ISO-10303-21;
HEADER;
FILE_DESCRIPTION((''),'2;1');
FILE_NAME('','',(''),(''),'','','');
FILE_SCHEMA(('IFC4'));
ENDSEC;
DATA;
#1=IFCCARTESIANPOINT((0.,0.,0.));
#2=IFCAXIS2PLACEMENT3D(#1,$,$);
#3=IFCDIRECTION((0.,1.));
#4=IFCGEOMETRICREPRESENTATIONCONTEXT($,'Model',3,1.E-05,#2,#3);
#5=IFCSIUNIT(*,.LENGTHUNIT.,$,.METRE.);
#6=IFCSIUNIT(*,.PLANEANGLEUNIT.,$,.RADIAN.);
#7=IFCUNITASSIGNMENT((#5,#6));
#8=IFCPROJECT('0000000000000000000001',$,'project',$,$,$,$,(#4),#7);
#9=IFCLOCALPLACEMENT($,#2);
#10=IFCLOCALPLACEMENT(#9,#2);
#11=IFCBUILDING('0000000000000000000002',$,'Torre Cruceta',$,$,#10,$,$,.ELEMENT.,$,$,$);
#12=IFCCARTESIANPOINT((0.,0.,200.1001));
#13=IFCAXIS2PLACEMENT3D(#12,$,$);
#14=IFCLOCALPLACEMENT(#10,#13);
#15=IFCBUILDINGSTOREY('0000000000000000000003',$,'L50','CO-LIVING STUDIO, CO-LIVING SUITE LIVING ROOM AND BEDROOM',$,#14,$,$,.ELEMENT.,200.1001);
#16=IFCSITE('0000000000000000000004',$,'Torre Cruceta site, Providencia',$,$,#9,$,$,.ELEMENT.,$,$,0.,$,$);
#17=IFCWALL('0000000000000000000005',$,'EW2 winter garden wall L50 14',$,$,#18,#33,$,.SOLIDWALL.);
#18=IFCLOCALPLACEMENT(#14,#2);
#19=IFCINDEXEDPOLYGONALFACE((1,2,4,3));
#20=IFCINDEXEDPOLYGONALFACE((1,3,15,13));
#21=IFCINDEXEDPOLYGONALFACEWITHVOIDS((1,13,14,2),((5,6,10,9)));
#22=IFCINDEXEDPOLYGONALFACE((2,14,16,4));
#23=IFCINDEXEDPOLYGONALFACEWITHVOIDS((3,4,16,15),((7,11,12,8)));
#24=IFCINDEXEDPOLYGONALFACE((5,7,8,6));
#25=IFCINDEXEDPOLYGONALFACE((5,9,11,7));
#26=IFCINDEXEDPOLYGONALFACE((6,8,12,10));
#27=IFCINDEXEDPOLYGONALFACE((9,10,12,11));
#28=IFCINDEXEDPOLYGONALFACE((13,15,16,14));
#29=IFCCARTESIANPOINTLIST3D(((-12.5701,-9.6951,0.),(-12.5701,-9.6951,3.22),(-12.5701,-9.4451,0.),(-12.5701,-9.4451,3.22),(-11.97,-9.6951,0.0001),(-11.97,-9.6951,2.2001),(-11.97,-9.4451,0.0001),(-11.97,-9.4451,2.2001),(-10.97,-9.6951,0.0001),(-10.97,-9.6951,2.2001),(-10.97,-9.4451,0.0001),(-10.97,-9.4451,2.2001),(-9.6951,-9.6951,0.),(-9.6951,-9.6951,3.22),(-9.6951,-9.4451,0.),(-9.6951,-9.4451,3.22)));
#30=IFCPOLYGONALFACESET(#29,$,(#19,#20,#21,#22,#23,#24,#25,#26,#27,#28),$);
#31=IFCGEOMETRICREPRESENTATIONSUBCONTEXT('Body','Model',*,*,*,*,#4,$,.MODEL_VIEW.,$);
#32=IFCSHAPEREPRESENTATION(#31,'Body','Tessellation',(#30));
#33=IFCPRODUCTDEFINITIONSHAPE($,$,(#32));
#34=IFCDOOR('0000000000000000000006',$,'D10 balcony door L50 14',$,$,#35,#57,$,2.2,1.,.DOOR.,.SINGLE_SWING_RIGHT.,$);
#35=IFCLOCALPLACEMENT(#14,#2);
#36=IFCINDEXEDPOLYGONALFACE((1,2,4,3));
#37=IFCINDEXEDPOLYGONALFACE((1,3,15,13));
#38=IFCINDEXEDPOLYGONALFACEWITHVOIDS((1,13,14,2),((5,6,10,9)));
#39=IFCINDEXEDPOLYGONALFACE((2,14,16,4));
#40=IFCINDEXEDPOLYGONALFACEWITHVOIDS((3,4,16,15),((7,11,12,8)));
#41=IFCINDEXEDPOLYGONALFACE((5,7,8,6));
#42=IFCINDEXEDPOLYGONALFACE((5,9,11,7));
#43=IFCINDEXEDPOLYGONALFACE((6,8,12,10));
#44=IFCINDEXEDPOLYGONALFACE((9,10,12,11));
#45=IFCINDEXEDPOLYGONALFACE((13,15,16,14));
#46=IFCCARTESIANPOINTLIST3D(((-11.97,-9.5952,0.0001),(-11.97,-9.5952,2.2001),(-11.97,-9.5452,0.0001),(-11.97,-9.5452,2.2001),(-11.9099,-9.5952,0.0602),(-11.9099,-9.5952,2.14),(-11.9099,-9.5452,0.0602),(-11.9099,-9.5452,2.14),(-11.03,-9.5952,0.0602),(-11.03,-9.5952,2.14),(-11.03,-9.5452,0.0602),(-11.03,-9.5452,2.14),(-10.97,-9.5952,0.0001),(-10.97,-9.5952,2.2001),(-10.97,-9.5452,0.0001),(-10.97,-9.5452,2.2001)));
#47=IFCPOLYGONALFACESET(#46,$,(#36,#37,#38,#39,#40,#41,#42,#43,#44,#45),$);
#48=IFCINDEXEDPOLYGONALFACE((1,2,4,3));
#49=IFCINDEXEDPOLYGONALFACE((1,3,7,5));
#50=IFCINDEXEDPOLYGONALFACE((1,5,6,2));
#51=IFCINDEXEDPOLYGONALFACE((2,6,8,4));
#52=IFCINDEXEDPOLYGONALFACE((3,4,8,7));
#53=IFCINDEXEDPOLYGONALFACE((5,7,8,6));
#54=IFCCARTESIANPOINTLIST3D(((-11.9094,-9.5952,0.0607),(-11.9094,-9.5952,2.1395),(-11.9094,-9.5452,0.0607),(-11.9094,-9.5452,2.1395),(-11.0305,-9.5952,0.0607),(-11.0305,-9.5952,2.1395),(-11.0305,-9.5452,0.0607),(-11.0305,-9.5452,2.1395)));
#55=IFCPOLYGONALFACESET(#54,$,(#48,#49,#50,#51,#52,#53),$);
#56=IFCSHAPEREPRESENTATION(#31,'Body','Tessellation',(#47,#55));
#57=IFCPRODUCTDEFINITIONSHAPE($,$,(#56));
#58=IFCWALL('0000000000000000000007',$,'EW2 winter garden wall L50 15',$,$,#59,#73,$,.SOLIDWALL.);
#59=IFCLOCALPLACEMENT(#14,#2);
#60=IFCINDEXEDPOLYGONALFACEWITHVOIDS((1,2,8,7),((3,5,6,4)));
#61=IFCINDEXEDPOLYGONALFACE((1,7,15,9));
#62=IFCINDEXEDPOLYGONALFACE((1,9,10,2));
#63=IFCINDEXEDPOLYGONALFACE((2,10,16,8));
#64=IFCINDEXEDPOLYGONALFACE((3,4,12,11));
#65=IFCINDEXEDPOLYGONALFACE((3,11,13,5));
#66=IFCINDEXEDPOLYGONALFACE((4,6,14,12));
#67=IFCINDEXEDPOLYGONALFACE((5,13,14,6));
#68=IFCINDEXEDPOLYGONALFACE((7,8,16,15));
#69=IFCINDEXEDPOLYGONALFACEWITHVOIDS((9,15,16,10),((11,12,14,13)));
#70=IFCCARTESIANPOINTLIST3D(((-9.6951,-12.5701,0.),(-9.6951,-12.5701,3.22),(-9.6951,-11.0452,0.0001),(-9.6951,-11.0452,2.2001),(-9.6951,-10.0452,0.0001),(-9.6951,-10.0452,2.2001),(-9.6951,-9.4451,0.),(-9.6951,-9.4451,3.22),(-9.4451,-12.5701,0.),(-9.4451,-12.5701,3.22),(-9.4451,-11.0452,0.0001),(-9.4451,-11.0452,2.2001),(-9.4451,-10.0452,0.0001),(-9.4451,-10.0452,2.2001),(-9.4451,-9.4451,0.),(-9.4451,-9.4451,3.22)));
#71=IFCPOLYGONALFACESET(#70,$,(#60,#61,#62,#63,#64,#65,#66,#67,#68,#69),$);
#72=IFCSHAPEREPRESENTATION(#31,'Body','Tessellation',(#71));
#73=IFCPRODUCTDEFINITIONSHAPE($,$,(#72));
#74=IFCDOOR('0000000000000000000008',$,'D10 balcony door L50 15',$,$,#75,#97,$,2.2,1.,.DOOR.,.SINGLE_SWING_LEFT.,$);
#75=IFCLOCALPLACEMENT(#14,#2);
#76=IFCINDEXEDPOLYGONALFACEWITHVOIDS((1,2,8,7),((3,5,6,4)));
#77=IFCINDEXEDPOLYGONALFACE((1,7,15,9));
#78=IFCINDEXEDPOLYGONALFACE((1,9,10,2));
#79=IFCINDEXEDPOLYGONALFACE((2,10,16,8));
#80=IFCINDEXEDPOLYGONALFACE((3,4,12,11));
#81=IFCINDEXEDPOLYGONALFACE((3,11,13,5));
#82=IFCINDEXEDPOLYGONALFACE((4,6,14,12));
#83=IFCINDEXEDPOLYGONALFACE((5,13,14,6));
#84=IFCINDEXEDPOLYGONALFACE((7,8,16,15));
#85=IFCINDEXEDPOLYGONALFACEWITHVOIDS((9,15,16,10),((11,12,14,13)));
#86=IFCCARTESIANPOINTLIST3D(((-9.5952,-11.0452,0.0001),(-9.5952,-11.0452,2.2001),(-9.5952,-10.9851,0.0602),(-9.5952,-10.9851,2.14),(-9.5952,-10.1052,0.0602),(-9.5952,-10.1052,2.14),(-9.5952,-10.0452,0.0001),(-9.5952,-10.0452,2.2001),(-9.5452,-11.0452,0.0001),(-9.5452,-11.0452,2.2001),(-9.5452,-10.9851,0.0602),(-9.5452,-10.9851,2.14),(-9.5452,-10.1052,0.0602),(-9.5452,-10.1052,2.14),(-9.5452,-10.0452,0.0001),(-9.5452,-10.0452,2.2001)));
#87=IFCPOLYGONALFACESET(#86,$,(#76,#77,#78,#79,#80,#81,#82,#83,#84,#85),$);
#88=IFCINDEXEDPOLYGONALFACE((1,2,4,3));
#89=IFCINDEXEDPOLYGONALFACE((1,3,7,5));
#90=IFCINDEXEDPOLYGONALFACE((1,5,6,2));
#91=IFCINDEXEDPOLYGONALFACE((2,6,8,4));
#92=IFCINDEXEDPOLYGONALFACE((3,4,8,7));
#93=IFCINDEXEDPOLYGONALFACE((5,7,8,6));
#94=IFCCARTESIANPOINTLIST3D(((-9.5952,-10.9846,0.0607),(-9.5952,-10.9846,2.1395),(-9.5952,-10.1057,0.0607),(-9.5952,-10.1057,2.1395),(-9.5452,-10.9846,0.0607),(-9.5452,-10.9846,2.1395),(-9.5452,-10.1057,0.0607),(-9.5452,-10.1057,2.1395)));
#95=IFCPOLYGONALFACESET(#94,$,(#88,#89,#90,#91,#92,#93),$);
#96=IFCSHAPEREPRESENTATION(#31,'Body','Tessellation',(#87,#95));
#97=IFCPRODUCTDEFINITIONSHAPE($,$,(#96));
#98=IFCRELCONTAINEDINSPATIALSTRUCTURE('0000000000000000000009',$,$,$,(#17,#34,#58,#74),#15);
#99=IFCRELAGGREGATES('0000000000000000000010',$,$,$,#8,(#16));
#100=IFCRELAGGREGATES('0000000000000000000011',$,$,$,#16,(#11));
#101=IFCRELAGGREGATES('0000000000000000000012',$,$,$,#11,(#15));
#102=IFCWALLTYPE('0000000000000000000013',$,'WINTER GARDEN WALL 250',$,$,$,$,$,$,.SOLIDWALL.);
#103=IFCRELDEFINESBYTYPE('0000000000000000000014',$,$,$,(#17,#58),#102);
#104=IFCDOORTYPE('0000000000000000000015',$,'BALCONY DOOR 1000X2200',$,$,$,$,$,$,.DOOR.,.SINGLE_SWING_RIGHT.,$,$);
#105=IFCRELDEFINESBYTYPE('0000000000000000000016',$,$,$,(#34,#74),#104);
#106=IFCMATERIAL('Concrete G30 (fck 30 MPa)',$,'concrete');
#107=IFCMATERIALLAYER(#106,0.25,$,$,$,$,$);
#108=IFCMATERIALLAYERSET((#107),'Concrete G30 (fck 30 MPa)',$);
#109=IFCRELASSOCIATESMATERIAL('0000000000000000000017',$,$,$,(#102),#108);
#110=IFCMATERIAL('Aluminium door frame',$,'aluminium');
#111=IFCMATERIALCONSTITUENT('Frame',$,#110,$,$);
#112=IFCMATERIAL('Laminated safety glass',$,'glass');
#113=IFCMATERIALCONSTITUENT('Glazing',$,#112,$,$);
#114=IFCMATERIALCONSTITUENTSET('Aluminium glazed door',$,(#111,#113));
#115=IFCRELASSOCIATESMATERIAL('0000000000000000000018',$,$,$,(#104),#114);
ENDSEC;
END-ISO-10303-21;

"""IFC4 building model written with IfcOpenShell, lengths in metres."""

from ifc_helpers import new_model, si_unit, direction, frame, frame_2d, origin, place, context, subcontext, project, spatial, rectangle, hollow_rectangle, extrude, material, layer, layer_set, constituent, constituent_set, type_object, element, fill, save


model = new_model("IFC4")

# Units and contexts
model_context = context("Model", 3, precision=1e-05, world=origin(), true_north=direction((0.0, 1.0)))
body_context = subcontext(model_context, "Body", "Model", "MODEL_VIEW")
ifc_project = project(units=[si_unit("LENGTHUNIT", "METRE"), si_unit("PLANEANGLEUNIT", "RADIAN")], contexts=[model_context])

# Site, building, storey
site_placement = place(None, origin())
site = spatial("IfcSite", under=ifc_project, at=site_placement, Name="Torre Cruceta site, Providencia", CompositionType="ELEMENT", RefElevation=0.0)
building_placement = place(site_placement, origin())
building = spatial("IfcBuilding", under=site, at=building_placement, Name="Torre Cruceta", CompositionType="ELEMENT")
storey_placement = place(building_placement, frame((0.0, 0.0, 200.1001)))
storey = spatial("IfcBuildingStorey", under=building, at=storey_placement, Name="L50", Description="CO-LIVING STUDIO, CO-LIVING SUITE LIVING ROOM AND BEDROOM", CompositionType="ELEMENT", Elevation=200.1001)

# Walls, openings, doors
ifc_material_1 = material(Name="Concrete G30 (fck 30 MPa)", Category="concrete")
ifc_layer_1 = layer(ifc_material_1, 0.25)
ifc_layer_set_1 = layer_set([ifc_layer_1], Name="Concrete G30 (fck 30 MPa)")
wall_type_1 = type_object("IfcWallType", Name="WINTER GARDEN WALL 250", PredefinedType="SOLIDWALL", material=ifc_layer_set_1)
wall_1_placement = place(storey_placement, frame((-12.5701, -9.5701, 0.0), z_axis=(0.0, 0.0, 1.0), x_axis=(1.0, 0.0, 0.0)))
wall_1 = element("IfcWall", 1, at=wall_1_placement, inside=storey, type_object=wall_type_1, Name="EW2 winter garden wall L50 14", PredefinedType="SOLIDWALL", context=body_context, shape_type="SweptSolid", body=[
    extrude(rectangle(XDim=2.875, YDim=0.25, at=frame_2d((1.4375, 0.0))), origin(), (0.0, 0.0, 1.0), 3.22),
])
opening_1_placement = place(wall_1_placement, frame((0.6001, 0.0, 0.0)))
opening_1 = element("IfcOpeningElement", 2, at=opening_1_placement, cuts=wall_1, PredefinedType="OPENING", context=body_context, shape_type="SweptSolid", body=[
    extrude(rectangle(XDim=1.0, YDim=2.2, at=frame_2d((0.5, 1.1001))), frame((0.0, 0.135, 0.0), z_axis=(0.0, -1.0, 0.0), x_axis=(1.0, 0.0, 0.0)), (0.0, 0.0, 1.0), 0.27),
])
ifc_material_2 = material(Name="Aluminium door frame", Category="aluminium")
ifc_constituent_1 = constituent(ifc_material_2, Name="Frame")
ifc_material_3 = material(Name="Laminated safety glass", Category="glass")
ifc_constituent_2 = constituent(ifc_material_3, Name="Glazing")
ifc_constituent_set_1 = constituent_set(constituents=[ifc_constituent_1, ifc_constituent_2], Name="Aluminium glazed door")
door_type_1 = type_object("IfcDoorType", Name="BALCONY DOOR 1000X2200", OperationType="SINGLE_SWING_RIGHT", PredefinedType="DOOR", material=ifc_constituent_set_1)
door_1_placement = place(opening_1_placement, origin())
door_1 = element("IfcDoor", 3, at=door_1_placement, inside=storey, type_object=door_type_1, Name="D10 balcony door L50 14", OperationType="SINGLE_SWING_RIGHT", OverallHeight=2.2, OverallWidth=1.0, PredefinedType="DOOR", context=body_context, shape_type="SweptSolid", body=[
    extrude(hollow_rectangle(XDim=1.0, YDim=2.2, WallThickness=0.0601, at=frame_2d((0.5, 1.1001))), frame((0.0, 0.0249, 0.0), z_axis=(0.0, -1.0, 0.0), x_axis=(1.0, 0.0, 0.0)), (0.0, 0.0, 1.0), 0.05),
    extrude(rectangle(XDim=0.8789, YDim=2.0789, at=frame_2d((0.5, 1.1001))), frame((0.0, 0.0249, 0.0), z_axis=(0.0, -1.0, 0.0), x_axis=(1.0, 0.0, 0.0)), (0.0, 0.0, 1.0), 0.05),
])
fill(opening_1, door_1)
wall_2_placement = place(storey_placement, frame((-9.5701, -9.4451, 0.0), z_axis=(0.0, 0.0, 1.0), x_axis=(0.0, -1.0, 0.0)))
wall_2 = element("IfcWall", 4, at=wall_2_placement, inside=storey, type_object=wall_type_1, Name="EW2 winter garden wall L50 15", PredefinedType="SOLIDWALL", context=body_context, shape_type="SweptSolid", body=[
    extrude(rectangle(XDim=3.125, YDim=0.25, at=frame_2d((1.5625, 0.0))), origin(), (0.0, 0.0, 1.0), 3.22),
])
opening_2_placement = place(wall_2_placement, frame((0.6001, 0.0, 0.0)))
opening_2 = element("IfcOpeningElement", 5, at=opening_2_placement, cuts=wall_2, PredefinedType="OPENING", context=body_context, shape_type="SweptSolid", body=[
    extrude(rectangle(XDim=1.0, YDim=2.2, at=frame_2d((0.5, 1.1001))), frame((0.0, 0.135, 0.0), z_axis=(0.0, -1.0, 0.0), x_axis=(1.0, 0.0, 0.0)), (0.0, 0.0, 1.0), 0.27),
])
door_2_placement = place(opening_2_placement, origin())
door_2 = element("IfcDoor", 6, at=door_2_placement, inside=storey, type_object=door_type_1, Name="D10 balcony door L50 15", OperationType="SINGLE_SWING_LEFT", OverallHeight=2.2, OverallWidth=1.0, PredefinedType="DOOR", context=body_context, shape_type="SweptSolid", body=[
    extrude(hollow_rectangle(XDim=1.0, YDim=2.2, WallThickness=0.0601, at=frame_2d((0.5, 1.1001))), frame((0.0, 0.0249, 0.0), z_axis=(0.0, -1.0, 0.0), x_axis=(1.0, 0.0, 0.0)), (0.0, 0.0, 1.0), 0.05),
    extrude(rectangle(XDim=0.8789, YDim=2.0789, at=frame_2d((0.5, 1.1001))), frame((0.0, 0.0249, 0.0), z_axis=(0.0, -1.0, 0.0), x_axis=(1.0, 0.0, 0.0)), (0.0, 0.0, 1.0), 0.05),
])
fill(opening_2, door_2)

save(model, "model.ifc")
